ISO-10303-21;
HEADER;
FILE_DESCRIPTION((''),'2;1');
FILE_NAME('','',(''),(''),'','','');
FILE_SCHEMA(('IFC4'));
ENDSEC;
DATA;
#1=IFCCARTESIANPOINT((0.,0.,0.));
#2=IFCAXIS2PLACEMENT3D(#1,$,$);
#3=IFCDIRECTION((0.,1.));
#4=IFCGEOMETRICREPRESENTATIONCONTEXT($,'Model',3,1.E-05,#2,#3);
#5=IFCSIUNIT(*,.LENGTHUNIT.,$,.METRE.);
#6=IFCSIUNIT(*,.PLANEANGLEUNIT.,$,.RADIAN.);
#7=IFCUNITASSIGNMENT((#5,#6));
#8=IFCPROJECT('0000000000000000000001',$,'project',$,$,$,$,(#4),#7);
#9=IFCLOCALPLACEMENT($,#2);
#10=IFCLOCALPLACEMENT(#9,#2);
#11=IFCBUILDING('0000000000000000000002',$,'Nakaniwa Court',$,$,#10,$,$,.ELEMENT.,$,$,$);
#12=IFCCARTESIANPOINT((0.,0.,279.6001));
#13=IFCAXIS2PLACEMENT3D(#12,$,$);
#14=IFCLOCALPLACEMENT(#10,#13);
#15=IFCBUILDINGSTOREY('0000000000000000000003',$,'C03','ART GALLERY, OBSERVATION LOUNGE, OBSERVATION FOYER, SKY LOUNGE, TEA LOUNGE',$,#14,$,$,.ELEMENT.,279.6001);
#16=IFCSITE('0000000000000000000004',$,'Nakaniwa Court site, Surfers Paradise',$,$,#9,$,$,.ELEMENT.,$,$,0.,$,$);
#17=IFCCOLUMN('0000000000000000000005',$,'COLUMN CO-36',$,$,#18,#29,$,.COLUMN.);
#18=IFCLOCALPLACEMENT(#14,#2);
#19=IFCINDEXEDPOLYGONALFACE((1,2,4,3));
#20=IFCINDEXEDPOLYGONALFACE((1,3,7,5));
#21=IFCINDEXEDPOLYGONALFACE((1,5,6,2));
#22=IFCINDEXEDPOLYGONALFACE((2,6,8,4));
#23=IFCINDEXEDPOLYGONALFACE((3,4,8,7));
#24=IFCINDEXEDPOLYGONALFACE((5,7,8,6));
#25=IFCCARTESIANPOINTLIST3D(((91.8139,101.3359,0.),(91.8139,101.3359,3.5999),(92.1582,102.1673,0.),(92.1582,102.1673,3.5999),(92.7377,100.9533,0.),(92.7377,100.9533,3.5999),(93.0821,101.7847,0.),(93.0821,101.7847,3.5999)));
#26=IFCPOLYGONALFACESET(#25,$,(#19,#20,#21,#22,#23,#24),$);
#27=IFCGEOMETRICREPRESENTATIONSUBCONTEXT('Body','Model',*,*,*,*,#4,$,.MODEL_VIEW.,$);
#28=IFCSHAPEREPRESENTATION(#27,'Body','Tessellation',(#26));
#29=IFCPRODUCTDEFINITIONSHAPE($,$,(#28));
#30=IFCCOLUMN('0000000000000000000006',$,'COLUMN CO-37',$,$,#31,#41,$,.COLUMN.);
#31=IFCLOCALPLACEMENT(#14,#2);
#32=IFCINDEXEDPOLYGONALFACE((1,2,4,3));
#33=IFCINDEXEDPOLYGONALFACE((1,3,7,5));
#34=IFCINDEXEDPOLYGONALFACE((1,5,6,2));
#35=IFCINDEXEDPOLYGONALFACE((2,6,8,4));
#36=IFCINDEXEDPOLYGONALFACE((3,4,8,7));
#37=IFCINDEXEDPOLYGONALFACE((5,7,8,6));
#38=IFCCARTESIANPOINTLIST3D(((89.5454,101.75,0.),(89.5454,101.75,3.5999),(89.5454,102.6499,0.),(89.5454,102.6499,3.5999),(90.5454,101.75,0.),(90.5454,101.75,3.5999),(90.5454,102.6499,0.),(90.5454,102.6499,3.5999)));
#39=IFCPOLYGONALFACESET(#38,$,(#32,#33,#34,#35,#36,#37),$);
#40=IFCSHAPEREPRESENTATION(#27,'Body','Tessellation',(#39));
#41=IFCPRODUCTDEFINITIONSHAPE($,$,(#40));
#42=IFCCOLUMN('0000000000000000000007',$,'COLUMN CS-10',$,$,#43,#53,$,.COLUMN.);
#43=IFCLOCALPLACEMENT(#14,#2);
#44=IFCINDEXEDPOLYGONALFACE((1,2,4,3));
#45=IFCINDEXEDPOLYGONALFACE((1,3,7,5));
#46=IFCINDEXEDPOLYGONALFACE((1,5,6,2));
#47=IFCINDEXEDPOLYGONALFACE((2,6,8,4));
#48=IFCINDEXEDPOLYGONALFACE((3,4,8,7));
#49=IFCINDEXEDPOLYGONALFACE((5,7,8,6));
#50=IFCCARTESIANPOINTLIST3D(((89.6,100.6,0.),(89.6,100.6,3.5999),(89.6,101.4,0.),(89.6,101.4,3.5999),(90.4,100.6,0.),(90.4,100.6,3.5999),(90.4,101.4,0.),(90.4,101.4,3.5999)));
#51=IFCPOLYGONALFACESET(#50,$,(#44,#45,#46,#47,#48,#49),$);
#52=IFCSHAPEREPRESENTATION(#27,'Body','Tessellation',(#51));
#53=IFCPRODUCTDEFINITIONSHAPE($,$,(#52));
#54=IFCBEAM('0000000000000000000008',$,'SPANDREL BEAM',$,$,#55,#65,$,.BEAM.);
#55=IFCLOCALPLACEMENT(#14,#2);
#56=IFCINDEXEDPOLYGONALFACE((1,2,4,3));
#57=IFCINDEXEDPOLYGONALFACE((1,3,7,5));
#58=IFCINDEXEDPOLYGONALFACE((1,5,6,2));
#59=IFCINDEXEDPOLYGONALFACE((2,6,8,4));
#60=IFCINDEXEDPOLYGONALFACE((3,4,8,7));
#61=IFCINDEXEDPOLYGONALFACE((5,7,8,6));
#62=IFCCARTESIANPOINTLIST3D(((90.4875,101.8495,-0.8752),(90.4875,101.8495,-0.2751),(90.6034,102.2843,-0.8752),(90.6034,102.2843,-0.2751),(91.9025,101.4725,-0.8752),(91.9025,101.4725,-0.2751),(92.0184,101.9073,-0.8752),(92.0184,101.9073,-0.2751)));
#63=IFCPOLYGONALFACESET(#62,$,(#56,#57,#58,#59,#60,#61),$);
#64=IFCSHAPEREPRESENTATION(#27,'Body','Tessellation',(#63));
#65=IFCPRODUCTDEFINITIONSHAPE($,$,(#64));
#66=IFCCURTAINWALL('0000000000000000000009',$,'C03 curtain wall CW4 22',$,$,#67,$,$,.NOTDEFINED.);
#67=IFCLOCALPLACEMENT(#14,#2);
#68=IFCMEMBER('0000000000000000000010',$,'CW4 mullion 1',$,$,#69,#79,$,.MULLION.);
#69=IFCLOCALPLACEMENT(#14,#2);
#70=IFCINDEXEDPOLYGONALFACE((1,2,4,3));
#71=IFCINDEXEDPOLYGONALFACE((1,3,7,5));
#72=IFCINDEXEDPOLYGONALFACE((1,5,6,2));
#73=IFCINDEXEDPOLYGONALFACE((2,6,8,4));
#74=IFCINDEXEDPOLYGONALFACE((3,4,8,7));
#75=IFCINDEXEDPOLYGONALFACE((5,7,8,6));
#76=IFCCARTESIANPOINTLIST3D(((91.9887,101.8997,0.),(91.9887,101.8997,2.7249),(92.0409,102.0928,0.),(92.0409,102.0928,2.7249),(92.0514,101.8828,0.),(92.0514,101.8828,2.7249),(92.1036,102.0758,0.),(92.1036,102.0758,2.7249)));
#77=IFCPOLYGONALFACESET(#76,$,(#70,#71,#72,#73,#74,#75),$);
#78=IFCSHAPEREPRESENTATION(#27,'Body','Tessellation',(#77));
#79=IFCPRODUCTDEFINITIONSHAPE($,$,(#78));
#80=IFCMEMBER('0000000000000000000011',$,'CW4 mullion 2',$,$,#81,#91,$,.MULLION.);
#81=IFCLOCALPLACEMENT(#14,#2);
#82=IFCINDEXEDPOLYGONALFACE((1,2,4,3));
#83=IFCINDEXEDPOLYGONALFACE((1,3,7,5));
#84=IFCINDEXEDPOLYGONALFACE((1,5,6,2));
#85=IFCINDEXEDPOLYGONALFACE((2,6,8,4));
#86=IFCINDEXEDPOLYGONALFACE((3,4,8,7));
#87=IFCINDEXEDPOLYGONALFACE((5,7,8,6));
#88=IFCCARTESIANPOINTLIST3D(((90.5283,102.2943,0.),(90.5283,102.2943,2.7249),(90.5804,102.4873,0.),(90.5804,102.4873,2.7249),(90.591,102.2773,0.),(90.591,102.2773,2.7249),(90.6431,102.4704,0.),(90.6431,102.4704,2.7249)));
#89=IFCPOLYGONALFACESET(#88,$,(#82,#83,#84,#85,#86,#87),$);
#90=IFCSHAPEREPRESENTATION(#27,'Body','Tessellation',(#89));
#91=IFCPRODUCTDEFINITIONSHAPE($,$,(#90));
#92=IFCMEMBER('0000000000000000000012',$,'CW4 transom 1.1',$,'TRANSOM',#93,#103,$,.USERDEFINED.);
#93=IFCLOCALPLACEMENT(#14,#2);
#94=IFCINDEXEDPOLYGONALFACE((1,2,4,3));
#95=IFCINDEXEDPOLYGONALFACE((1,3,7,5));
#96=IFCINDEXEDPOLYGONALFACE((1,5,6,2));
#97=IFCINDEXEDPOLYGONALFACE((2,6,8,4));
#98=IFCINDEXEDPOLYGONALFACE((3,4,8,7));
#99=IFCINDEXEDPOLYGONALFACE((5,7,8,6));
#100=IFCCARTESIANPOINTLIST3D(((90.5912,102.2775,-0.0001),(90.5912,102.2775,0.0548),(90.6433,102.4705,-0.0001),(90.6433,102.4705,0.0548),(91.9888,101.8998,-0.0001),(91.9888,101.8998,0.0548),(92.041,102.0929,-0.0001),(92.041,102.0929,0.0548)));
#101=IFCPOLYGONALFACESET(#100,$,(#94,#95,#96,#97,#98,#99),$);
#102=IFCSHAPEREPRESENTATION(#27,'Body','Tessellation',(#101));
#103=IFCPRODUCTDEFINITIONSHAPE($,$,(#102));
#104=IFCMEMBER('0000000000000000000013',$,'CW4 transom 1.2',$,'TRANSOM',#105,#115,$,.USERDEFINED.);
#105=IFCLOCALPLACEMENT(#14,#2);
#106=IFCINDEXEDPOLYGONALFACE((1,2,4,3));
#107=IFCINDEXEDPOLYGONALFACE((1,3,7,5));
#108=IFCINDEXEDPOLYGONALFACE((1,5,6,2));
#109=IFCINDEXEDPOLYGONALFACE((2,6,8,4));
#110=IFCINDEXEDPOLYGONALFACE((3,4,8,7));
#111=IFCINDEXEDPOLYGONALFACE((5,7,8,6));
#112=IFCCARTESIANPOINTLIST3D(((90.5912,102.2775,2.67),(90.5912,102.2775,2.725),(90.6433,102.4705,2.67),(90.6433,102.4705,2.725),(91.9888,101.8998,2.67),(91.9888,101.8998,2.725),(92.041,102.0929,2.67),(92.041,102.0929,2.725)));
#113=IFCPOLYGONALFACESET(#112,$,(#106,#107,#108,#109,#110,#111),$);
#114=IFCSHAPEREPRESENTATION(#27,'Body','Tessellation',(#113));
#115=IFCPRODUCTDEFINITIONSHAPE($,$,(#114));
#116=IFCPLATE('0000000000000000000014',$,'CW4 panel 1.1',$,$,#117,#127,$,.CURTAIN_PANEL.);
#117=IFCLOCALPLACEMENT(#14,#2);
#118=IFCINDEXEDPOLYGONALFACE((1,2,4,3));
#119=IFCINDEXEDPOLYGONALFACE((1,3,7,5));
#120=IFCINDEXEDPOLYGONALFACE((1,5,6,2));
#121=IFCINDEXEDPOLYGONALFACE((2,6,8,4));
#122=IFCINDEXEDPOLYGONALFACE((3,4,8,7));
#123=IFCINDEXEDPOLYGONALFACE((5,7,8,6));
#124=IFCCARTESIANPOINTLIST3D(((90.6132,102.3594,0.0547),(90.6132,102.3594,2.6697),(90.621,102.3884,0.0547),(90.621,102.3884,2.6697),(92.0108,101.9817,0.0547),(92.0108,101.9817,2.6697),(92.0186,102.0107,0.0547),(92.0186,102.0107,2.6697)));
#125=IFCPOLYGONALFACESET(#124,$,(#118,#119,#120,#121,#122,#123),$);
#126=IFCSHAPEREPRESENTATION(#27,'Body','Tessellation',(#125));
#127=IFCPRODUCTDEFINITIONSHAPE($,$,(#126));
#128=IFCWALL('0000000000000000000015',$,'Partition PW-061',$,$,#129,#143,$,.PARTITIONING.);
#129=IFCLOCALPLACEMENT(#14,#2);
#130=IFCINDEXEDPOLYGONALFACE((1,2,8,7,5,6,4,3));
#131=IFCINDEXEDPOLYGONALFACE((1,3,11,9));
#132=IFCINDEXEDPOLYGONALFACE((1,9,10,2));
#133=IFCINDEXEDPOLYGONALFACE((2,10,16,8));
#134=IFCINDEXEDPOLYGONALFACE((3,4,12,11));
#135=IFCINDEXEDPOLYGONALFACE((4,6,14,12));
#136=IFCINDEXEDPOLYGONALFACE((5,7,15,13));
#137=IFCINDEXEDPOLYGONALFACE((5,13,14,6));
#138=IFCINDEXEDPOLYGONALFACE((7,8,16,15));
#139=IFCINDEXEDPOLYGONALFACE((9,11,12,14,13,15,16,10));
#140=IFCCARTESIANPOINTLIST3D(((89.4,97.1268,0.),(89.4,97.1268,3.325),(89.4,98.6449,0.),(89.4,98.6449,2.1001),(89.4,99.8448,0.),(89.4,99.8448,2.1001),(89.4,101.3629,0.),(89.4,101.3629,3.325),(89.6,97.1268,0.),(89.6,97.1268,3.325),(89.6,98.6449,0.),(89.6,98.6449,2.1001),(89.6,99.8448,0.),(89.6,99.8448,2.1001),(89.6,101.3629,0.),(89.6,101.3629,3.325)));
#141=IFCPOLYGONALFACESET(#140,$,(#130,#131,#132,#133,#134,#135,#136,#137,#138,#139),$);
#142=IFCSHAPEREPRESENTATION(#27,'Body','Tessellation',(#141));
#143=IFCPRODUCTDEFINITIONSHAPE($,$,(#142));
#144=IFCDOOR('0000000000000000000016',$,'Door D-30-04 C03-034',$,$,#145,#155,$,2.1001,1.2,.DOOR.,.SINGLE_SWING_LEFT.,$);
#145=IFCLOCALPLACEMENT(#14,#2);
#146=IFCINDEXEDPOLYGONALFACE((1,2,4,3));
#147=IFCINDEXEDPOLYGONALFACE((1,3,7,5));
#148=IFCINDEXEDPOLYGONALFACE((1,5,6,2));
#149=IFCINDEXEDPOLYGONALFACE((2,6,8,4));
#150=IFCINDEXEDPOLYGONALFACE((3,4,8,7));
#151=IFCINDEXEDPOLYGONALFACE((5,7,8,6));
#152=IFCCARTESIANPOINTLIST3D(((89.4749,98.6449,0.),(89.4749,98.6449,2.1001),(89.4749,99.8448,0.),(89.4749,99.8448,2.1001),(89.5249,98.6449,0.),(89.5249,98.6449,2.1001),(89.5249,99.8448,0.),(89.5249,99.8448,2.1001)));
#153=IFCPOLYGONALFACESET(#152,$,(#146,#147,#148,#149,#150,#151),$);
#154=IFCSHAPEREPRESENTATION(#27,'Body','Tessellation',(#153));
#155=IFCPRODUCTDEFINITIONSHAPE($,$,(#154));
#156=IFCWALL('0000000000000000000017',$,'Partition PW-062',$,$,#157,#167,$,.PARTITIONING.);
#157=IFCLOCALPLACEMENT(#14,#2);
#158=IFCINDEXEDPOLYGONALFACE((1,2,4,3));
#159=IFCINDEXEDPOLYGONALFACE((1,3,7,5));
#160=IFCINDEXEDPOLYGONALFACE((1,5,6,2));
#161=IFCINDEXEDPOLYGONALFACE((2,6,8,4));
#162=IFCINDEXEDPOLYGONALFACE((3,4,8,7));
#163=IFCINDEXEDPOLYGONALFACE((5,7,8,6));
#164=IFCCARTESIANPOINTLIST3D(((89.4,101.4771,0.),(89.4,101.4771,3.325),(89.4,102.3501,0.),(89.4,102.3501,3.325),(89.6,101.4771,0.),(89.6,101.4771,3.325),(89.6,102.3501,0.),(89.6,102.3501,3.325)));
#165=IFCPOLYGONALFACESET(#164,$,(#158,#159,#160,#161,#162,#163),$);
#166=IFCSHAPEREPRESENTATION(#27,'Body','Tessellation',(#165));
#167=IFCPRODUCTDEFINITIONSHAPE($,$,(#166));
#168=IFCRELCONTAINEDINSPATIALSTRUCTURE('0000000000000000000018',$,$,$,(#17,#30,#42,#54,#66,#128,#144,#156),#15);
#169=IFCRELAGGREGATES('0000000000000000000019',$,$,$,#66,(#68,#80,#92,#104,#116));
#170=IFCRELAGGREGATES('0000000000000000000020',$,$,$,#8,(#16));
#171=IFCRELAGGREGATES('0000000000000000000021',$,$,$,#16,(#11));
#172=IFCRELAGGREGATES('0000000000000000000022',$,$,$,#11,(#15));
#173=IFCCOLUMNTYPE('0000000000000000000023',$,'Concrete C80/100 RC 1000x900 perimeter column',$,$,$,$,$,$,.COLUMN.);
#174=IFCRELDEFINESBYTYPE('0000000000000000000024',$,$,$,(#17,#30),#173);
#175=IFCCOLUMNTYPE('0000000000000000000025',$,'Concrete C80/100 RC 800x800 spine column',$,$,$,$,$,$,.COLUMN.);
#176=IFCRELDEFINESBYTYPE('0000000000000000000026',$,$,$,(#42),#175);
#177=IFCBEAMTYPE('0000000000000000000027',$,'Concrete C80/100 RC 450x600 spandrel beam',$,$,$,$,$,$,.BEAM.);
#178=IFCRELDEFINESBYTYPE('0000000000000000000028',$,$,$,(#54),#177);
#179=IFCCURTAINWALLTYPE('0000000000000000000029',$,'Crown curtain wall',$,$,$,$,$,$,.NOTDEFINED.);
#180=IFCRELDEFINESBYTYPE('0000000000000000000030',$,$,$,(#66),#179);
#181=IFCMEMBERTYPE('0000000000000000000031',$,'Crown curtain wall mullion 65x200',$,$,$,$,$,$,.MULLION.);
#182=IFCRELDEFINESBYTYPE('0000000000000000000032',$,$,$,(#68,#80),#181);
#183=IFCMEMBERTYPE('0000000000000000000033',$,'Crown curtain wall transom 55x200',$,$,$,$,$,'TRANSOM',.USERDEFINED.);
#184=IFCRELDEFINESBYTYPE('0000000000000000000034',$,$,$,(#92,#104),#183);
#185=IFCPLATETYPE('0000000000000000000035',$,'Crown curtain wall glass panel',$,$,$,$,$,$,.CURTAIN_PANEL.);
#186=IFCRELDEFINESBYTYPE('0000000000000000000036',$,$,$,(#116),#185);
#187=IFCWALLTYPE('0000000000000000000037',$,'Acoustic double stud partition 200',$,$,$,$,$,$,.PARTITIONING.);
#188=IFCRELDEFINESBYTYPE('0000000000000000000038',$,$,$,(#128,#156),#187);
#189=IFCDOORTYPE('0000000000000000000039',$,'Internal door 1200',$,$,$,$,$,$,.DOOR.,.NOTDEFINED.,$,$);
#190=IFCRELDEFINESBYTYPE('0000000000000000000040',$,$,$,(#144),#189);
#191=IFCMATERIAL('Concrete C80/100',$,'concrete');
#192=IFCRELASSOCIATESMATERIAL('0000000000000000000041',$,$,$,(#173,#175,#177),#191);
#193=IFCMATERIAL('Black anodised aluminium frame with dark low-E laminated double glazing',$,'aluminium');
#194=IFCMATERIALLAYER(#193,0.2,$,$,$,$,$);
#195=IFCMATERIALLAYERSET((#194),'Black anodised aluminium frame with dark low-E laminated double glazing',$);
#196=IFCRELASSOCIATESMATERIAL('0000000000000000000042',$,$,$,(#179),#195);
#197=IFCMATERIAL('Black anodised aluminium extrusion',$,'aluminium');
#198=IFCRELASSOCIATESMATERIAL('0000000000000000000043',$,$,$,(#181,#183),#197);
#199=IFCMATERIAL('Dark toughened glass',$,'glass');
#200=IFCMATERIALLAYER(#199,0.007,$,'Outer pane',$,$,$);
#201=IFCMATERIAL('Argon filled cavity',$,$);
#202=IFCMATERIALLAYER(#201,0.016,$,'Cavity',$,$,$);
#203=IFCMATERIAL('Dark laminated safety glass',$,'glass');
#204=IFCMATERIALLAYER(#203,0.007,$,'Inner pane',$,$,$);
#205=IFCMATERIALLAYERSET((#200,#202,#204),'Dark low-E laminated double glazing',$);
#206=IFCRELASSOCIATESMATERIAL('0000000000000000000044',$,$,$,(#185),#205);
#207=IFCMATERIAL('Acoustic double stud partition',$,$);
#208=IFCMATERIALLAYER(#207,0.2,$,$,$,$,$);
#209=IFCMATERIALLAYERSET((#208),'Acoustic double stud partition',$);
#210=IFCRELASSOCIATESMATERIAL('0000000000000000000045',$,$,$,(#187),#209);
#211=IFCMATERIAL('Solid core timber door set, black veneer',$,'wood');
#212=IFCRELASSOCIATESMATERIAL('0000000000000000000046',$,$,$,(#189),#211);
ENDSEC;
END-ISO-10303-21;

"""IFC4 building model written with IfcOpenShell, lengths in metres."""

from ifc_helpers import new_model, si_unit, direction, frame, frame_2d, origin, origin_2d, place, context, subcontext, project, spatial, rectangle, extrude, material, layer, layer_set, material_profile, profile_set, type_object, element, fill, aggregate, save


model = new_model("IFC4")

# Units and contexts
model_context = context("Model", 3, precision=1e-05, world=origin(), true_north=direction((0.0, 1.0)))
body_context = subcontext(model_context, "Body", "Model", "MODEL_VIEW")
ifc_project = project(units=[si_unit("LENGTHUNIT", "METRE"), si_unit("PLANEANGLEUNIT", "RADIAN")], contexts=[model_context])

# Site, building, storey
site_placement = place(None, origin())
site = spatial("IfcSite", under=ifc_project, at=site_placement, Name="Nakaniwa Court site, Surfers Paradise", CompositionType="ELEMENT", RefElevation=0.0)
building_placement = place(site_placement, origin())
building = spatial("IfcBuilding", under=site, at=building_placement, Name="Nakaniwa Court", CompositionType="ELEMENT")
storey_placement = place(building_placement, frame((0.0, 0.0, 279.6001)))
storey = spatial("IfcBuildingStorey", under=building, at=storey_placement, Name="C03", Description="ART GALLERY, OBSERVATION LOUNGE, OBSERVATION FOYER, SKY LOUNGE, TEA LOUNGE", CompositionType="ELEMENT", Elevation=279.6001)

# Columns
ifc_material_1 = material(Name="Concrete C80/100", Category="concrete")
ifc_material_profile_1 = material_profile(ifc_material_1, rectangle(XDim=1.0, YDim=0.8999, at=origin_2d()), Name="Concrete C80/100 RC 1000x900 perimeter column")
ifc_profile_set_1 = profile_set([ifc_material_profile_1], Name="Concrete C80/100")
column_type_1 = type_object("IfcColumnType", Name="Concrete C80/100 RC 1000x900 perimeter column", PredefinedType="COLUMN", material=ifc_profile_set_1)
for number, where, z_axis, x_axis, name in (
    (1, (92.448, 101.5603, 0.0), (0.0, 0.0, 1.0), (-0.92388, 0.382683, 0.0), "COLUMN CO-36"),
    (2, (90.0454, 102.2, 0.0), (0.0, 0.0, 1.0), (-1.0, 0.0, 0.0), "COLUMN CO-37"),
):
    element("IfcColumn", number, at=place(storey_placement, frame(where, z_axis=z_axis, x_axis=x_axis)), inside=storey, type_object=column_type_1, Name=name, PredefinedType="COLUMN", context=body_context, shape_type="SweptSolid", body=[
        extrude(rectangle(XDim=1.0, YDim=0.8999, at=origin_2d()), origin(), (0.0, 0.0, 1.0), 3.5999),
    ])
ifc_material_profile_2 = material_profile(ifc_material_1, rectangle(XDim=0.8, YDim=0.8, at=origin_2d()), Name="Concrete C80/100 RC 800x800 spine column")
ifc_profile_set_2 = profile_set([ifc_material_profile_2], Name="Concrete C80/100")
column_type_2 = type_object("IfcColumnType", Name="Concrete C80/100 RC 800x800 spine column", PredefinedType="COLUMN", material=ifc_profile_set_2)
column_placement = place(storey_placement, frame((90.0, 101.0, 0.0), z_axis=(0.0, 0.0, 1.0), x_axis=(0.0, 1.0, 0.0)))
element("IfcColumn", 3, at=column_placement, inside=storey, type_object=column_type_2, Name="COLUMN CS-10", PredefinedType="COLUMN", context=body_context, shape_type="SweptSolid", body=[
    extrude(rectangle(XDim=0.8, YDim=0.8, at=origin_2d()), origin(), (0.0, 0.0, 1.0), 3.5999),
])

# Beam
ifc_material_profile_3 = material_profile(ifc_material_1, rectangle(XDim=0.45, YDim=0.6001, at=origin_2d()), Name="Concrete C80/100 RC 450x600 spandrel beam")
ifc_profile_set_3 = profile_set([ifc_material_profile_3], Name="Concrete C80/100")
beam_type = type_object("IfcBeamType", Name="Concrete C80/100 RC 450x600 spandrel beam", PredefinedType="BEAM", material=ifc_profile_set_3)
beam_placement = place(storey_placement, frame((91.9604, 101.6899, -0.5752), z_axis=(-0.966301, 0.257414, 0.0), x_axis=(-0.257414, -0.966301, 0.0)))
element("IfcBeam", 4, at=beam_placement, inside=storey, type_object=beam_type, Name="SPANDREL BEAM", PredefinedType="BEAM", context=body_context, shape_type="SweptSolid", body=[
    extrude(rectangle(XDim=0.45, YDim=0.6001, at=origin_2d()), origin(), (0.0, 0.0, 1.0), 1.4644),
])

# Curtain wall, members, plate
ifc_material_2 = material(Name="Black anodised aluminium frame with dark low-E laminated double glazing", Category="aluminium")
ifc_layer_1 = layer(ifc_material_2, 0.2)
ifc_layer_set_1 = layer_set([ifc_layer_1], Name="Black anodised aluminium frame with dark low-E laminated double glazing")
curtain_wall_type = type_object("IfcCurtainWallType", Name="Crown curtain wall", PredefinedType="NOTDEFINED", material=ifc_layer_set_1)
curtain_wall_placement = place(storey_placement, origin())
curtain_wall = element("IfcCurtainWall", 5, at=curtain_wall_placement, inside=storey, type_object=curtain_wall_type, Name="C03 curtain wall CW4 22", PredefinedType="NOTDEFINED")
ifc_material_3 = material(Name="Black anodised aluminium extrusion", Category="aluminium")
ifc_material_profile_4 = material_profile(ifc_material_3, rectangle(XDim=0.2, YDim=0.0649, at=origin_2d()), Name="Crown curtain wall mullion 65x200")
ifc_profile_set_4 = profile_set([ifc_material_profile_4], Name="Black anodised aluminium extrusion")
member_type_1 = type_object("IfcMemberType", Name="Crown curtain wall mullion 65x200", PredefinedType="MULLION", material=ifc_profile_set_4)
member_1_placement = place(storey_placement, frame((92.0461, 101.9878, 0.0), z_axis=(0.0, 0.0, 1.0), x_axis=(-0.260864, -0.965375, 0.0)))
member_1 = element("IfcMember", 6, at=member_1_placement, type_object=member_type_1, Name="CW4 mullion 1", PredefinedType="MULLION", context=body_context, shape_type="SweptSolid", body=[
    extrude(rectangle(XDim=0.2, YDim=0.0649, at=origin_2d()), origin(), (0.0, 0.0, 1.0), 2.7249),
])
member_2_placement = place(storey_placement, frame((90.5857, 102.3823, 0.0), z_axis=(0.0, 0.0, 1.0), x_axis=(-0.260864, -0.965375, 0.0)))
member_2 = element("IfcMember", 7, at=member_2_placement, type_object=member_type_1, Name="CW4 mullion 2", PredefinedType="MULLION", context=body_context, shape_type="SweptSolid", body=[
    extrude(rectangle(XDim=0.2, YDim=0.0649, at=origin_2d()), origin(), (0.0, 0.0, 1.0), 2.7249),
])
ifc_material_profile_5 = material_profile(ifc_material_3, rectangle(XDim=0.2, YDim=0.0549, at=origin_2d()), Name="Crown curtain wall transom 55x200")
ifc_profile_set_5 = profile_set([ifc_material_profile_5], Name="Black anodised aluminium extrusion")
member_type_2 = type_object("IfcMemberType", Name="Crown curtain wall transom 55x200", ElementType="TRANSOM", PredefinedType="USERDEFINED", material=ifc_profile_set_5)
member_3_placement = place(storey_placement, frame((92.0149, 101.9963, 0.0273), z_axis=(-0.965376, 0.260862, 0.0), x_axis=(-0.260862, -0.965376, 0.0)))
member_3 = element("IfcMember", 8, at=member_3_placement, type_object=member_type_2, Name="CW4 transom 1.1", ObjectType="TRANSOM", PredefinedType="USERDEFINED", context=body_context, shape_type="SweptSolid", body=[
    extrude(rectangle(XDim=0.2, YDim=0.0549, at=origin_2d()), origin(), (0.0, 0.0, 1.0), 1.4478),
])
member_4_placement = place(storey_placement, frame((92.0149, 101.9963, 2.6975), z_axis=(-0.965376, 0.260862, 0.0), x_axis=(-0.260862, -0.965376, 0.0)))
member_4 = element("IfcMember", 9, at=member_4_placement, type_object=member_type_2, Name="CW4 transom 1.2", ObjectType="TRANSOM", PredefinedType="USERDEFINED", context=body_context, shape_type="SweptSolid", body=[
    extrude(rectangle(XDim=0.2, YDim=0.0549, at=origin_2d()), origin(), (0.0, 0.0, 1.0), 1.4478),
])
ifc_material_4 = material(Name="Dark toughened glass", Category="glass")
ifc_layer_2 = layer(ifc_material_4, 0.007, Name="Outer pane")
ifc_material_5 = material(Name="Argon filled cavity")
ifc_layer_3 = layer(ifc_material_5, 0.016, Name="Cavity")
ifc_material_6 = material(Name="Dark laminated safety glass", Category="glass")
ifc_layer_4 = layer(ifc_material_6, 0.007, Name="Inner pane")
ifc_layer_set_2 = layer_set([ifc_layer_2, ifc_layer_3, ifc_layer_4], Name="Dark low-E laminated double glazing")
plate_type = type_object("IfcPlateType", Name="Crown curtain wall glass panel", PredefinedType="CURTAIN_PANEL", material=ifc_layer_set_2)
plate_placement = place(storey_placement, frame((91.3159, 102.1851, 0.0547), z_axis=(0.0, 0.0, 1.0), x_axis=(-0.965375, 0.260864, 0.0)))
plate = element("IfcPlate", 10, at=plate_placement, type_object=plate_type, Name="CW4 panel 1.1", PredefinedType="CURTAIN_PANEL", context=body_context, shape_type="SweptSolid", body=[
    extrude(rectangle(XDim=1.4478, YDim=0.03, at=origin_2d()), origin(), (0.0, 0.0, 1.0), 2.615),
])
aggregate(curtain_wall, [member_1, member_2, member_3, member_4, plate])

# Wall, opening, door
ifc_material_7 = material(Name="Acoustic double stud partition")
ifc_layer_5 = layer(ifc_material_7, 0.2)
ifc_layer_set_3 = layer_set([ifc_layer_5], Name="Acoustic double stud partition")
wall_type_1 = type_object("IfcWallType", Name="Acoustic double stud partition 200", PredefinedType="PARTITIONING", material=ifc_layer_set_3)
wall_1_placement = place(storey_placement, frame((89.5, 101.363, 0.0), z_axis=(0.0, 0.0, 1.0), x_axis=(0.0, -1.0, 0.0)))
wall_1 = element("IfcWall", 11, at=wall_1_placement, inside=storey, type_object=wall_type_1, Name="Partition PW-061", PredefinedType="PARTITIONING", context=body_context, shape_type="SweptSolid", body=[
    extrude(rectangle(XDim=4.2361, YDim=0.2, at=frame_2d((2.1182, 0.0))), origin(), (0.0, 0.0, 1.0), 3.325),
])
opening_1_placement = place(wall_1_placement, frame((1.5181, 0.0, 0.0)))
opening_1 = element("IfcOpeningElement", 12, at=opening_1_placement, cuts=wall_1, PredefinedType="OPENING", context=body_context, shape_type="SweptSolid", body=[
    extrude(rectangle(XDim=1.2, YDim=2.1001, at=frame_2d((0.6001, 1.05))), frame((0.0, 0.1099, 0.0), z_axis=(0.0, -1.0, 0.0), x_axis=(1.0, 0.0, 0.0)), (0.0, 0.0, 1.0), 0.22),
])
ifc_material_8 = material(Name="Solid core timber door set, black veneer", Category="wood")
door_type_1 = type_object("IfcDoorType", Name="Internal door 1200", OperationType="NOTDEFINED", PredefinedType="DOOR", material=ifc_material_8)
door_1_placement = place(opening_1_placement, origin())
door_1 = element("IfcDoor", 13, at=door_1_placement, inside=storey, type_object=door_type_1, Name="Door D-30-04 C03-034", OperationType="SINGLE_SWING_LEFT", OverallHeight=2.1001, OverallWidth=1.2, PredefinedType="DOOR", context=body_context, shape_type="SweptSolid", body=[
    extrude(rectangle(XDim=1.2, YDim=2.1001, at=frame_2d((0.6001, 1.05))), frame((0.0, 0.0249, 0.0), z_axis=(0.0, -1.0, 0.0), x_axis=(1.0, 0.0, 0.0)), (0.0, 0.0, 1.0), 0.05),
])
fill(opening_1, door_1)

# Wall
wall_2_placement = place(storey_placement, frame((89.5, 101.4771, 0.0), z_axis=(0.0, 0.0, 1.0), x_axis=(0.0, 1.0, 0.0)))
element("IfcWall", 14, at=wall_2_placement, inside=storey, type_object=wall_type_1, Name="Partition PW-062", PredefinedType="PARTITIONING", context=body_context, shape_type="SweptSolid", body=[
    extrude(rectangle(XDim=0.873, YDim=0.2, at=frame_2d((0.4365, 0.0))), origin(), (0.0, 0.0, 1.0), 3.325),
])

save(model, "model.ifc")
